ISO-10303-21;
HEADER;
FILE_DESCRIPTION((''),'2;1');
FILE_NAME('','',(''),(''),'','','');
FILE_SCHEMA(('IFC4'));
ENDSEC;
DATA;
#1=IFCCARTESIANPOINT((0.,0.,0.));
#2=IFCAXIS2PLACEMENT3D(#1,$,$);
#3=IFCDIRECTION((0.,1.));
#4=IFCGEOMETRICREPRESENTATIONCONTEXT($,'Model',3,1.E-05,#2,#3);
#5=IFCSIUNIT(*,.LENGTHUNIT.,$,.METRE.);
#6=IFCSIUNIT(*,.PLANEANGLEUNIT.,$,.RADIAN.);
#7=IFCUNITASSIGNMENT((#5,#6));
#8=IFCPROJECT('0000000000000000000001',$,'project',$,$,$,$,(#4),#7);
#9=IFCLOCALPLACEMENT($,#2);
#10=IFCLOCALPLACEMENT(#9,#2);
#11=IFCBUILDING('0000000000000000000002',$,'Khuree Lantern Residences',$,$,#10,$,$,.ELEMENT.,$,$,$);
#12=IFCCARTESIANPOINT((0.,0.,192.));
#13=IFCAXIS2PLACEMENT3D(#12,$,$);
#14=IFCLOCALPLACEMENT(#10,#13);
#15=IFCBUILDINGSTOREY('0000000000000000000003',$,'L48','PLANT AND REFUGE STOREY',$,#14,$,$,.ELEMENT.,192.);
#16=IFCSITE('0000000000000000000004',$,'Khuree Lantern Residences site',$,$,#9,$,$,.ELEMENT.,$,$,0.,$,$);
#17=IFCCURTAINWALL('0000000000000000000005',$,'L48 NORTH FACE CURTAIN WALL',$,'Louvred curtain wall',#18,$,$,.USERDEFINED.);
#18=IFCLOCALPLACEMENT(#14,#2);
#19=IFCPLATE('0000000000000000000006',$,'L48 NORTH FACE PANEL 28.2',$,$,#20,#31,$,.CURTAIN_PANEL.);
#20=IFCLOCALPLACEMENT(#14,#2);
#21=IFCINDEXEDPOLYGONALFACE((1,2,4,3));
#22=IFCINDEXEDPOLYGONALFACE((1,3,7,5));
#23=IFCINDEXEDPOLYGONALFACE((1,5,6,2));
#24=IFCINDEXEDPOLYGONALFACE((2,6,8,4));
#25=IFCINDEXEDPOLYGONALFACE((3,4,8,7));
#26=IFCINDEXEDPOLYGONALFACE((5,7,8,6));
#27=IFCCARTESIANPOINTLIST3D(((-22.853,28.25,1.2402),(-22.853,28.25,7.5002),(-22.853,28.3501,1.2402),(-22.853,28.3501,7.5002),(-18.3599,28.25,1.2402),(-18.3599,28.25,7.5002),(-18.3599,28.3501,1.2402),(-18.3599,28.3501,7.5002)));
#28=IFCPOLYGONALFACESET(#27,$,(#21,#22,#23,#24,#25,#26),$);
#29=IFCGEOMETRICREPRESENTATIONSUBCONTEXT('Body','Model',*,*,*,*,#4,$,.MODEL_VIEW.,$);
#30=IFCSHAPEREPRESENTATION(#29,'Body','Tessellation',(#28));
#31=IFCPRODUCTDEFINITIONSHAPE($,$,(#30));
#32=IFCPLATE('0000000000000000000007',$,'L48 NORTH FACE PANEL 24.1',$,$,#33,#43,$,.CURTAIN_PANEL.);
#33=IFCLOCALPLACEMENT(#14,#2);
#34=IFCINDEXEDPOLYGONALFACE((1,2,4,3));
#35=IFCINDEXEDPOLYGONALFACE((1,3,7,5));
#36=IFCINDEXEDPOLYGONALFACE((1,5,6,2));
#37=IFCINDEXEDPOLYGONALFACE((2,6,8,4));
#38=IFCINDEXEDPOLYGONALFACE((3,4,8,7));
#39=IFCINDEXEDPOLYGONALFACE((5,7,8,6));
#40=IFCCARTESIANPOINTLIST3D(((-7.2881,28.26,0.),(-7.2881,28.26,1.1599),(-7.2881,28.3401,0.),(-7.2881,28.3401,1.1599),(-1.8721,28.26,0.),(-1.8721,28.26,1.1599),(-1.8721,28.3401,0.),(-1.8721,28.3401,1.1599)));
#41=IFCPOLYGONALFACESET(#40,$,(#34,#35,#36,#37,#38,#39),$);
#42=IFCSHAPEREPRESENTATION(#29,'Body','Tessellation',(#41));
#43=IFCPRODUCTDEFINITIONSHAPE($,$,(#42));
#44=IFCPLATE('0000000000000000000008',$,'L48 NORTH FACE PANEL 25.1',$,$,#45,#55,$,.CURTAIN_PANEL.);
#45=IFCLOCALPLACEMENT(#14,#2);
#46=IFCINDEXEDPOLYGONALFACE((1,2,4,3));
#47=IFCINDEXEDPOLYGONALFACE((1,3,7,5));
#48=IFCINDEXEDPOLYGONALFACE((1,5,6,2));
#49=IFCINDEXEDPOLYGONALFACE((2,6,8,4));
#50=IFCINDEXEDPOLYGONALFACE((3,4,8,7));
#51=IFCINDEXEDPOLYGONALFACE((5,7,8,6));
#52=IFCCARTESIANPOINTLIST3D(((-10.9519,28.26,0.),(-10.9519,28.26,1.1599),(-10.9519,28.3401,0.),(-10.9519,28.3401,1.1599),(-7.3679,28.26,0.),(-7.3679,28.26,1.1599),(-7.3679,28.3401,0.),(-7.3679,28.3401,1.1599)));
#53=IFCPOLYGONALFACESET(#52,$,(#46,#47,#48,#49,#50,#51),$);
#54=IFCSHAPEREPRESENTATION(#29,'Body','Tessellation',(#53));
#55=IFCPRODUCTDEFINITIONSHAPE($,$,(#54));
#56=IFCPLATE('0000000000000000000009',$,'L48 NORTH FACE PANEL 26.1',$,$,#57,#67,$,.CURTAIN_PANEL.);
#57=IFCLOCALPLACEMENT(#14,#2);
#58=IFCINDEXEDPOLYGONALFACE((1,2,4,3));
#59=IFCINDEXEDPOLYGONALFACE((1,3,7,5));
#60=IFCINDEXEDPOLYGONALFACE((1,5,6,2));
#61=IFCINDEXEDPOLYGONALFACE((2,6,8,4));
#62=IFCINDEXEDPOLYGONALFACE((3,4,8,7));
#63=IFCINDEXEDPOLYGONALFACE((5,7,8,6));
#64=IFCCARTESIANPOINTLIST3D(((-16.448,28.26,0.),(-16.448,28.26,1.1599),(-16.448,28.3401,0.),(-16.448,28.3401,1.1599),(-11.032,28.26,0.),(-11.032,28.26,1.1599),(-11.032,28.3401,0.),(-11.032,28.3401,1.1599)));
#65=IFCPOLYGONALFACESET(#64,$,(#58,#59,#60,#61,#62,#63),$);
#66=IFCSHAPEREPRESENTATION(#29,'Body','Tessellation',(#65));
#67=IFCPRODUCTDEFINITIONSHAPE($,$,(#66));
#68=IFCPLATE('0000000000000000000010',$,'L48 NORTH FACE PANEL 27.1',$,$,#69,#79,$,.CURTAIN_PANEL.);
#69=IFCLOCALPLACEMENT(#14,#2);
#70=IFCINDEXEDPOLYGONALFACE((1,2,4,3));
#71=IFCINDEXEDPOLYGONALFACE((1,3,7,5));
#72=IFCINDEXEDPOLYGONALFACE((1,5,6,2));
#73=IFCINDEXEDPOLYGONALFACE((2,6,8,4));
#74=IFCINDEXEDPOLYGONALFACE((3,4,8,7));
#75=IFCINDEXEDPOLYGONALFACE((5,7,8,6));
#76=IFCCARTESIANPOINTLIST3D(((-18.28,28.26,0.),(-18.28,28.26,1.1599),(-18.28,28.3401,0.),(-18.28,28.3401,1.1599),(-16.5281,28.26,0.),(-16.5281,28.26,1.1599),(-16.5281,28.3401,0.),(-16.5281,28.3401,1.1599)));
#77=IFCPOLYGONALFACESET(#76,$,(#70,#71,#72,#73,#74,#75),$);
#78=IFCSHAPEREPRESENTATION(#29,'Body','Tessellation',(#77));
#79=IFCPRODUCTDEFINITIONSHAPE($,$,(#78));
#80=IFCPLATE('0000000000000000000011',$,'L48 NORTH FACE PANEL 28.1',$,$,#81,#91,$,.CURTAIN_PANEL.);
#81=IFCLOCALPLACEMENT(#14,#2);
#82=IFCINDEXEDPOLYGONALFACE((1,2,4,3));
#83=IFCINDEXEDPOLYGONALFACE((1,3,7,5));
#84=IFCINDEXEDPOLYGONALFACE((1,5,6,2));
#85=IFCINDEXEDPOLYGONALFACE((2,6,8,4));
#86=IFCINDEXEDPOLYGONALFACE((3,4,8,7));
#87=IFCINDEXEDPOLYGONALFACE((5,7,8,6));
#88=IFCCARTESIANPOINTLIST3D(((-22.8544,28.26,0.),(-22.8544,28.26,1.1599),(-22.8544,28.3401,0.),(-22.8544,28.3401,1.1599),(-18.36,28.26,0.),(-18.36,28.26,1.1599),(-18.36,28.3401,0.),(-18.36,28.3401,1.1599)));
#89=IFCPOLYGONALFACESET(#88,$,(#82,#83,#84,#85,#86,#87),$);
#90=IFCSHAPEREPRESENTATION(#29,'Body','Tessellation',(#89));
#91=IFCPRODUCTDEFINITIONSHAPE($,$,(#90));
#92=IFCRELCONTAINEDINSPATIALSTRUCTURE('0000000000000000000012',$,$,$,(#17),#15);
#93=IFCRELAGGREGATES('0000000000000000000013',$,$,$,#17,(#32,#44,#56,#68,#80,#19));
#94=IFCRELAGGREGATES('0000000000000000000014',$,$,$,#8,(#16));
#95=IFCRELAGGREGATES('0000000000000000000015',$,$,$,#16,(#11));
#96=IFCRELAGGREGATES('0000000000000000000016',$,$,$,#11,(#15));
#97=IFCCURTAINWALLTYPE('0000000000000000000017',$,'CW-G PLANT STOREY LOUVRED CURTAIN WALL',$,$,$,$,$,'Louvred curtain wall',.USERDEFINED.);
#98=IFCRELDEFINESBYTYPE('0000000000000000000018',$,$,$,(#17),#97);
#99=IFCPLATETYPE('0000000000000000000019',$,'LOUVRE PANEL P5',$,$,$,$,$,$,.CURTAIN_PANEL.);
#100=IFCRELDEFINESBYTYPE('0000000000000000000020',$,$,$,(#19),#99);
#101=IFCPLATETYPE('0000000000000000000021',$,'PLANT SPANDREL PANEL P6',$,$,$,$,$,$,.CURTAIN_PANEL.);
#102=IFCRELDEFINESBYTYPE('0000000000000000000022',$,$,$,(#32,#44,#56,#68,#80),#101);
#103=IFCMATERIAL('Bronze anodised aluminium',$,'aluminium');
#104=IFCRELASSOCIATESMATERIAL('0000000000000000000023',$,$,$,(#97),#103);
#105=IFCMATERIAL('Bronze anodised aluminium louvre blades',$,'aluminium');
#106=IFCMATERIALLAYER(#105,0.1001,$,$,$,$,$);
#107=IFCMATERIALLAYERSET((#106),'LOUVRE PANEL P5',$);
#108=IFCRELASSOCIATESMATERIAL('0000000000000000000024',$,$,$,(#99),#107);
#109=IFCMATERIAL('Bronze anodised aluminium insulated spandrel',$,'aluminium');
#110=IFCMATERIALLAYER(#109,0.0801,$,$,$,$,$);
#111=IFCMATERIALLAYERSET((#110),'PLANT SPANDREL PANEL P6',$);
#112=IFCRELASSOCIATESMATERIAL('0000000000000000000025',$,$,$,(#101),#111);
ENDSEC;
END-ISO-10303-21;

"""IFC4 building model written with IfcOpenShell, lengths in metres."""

from ifc_helpers import new_model, si_unit, direction, frame, origin, origin_2d, place, context, subcontext, project, spatial, rectangle, extrude, material, layer, layer_set, type_object, element, aggregate, save


model = new_model("IFC4")

# Units and contexts
model_context = context("Model", 3, precision=1e-05, world=origin(), true_north=direction((0.0, 1.0)))
body_context = subcontext(model_context, "Body", "Model", "MODEL_VIEW")
ifc_project = project(units=[si_unit("LENGTHUNIT", "METRE"), si_unit("PLANEANGLEUNIT", "RADIAN")], contexts=[model_context])

# Site, building, storey
site_placement = place(None, origin())
site = spatial("IfcSite", under=ifc_project, at=site_placement, Name="Khuree Lantern Residences site", CompositionType="ELEMENT", RefElevation=0.0)
building_placement = place(site_placement, origin())
building = spatial("IfcBuilding", under=site, at=building_placement, Name="Khuree Lantern Residences", CompositionType="ELEMENT")
storey_placement = place(building_placement, frame((0.0, 0.0, 192.0)))
storey = spatial("IfcBuildingStorey", under=building, at=storey_placement, Name="L48", Description="PLANT AND REFUGE STOREY", CompositionType="ELEMENT", Elevation=192.0)

# Curtain wall
ifc_material_1 = material(Name="Bronze anodised aluminium", Category="aluminium")
curtain_wall_type = type_object("IfcCurtainWallType", Name="CW-G PLANT STOREY LOUVRED CURTAIN WALL", ElementType="Louvred curtain wall", PredefinedType="USERDEFINED", material=ifc_material_1)
curtain_wall_placement = place(storey_placement, origin())
curtain_wall = element("IfcCurtainWall", 1, at=curtain_wall_placement, inside=storey, type_object=curtain_wall_type, Name="L48 NORTH FACE CURTAIN WALL", ObjectType="Louvred curtain wall", PredefinedType="USERDEFINED")

# Plates
ifc_material_2 = material(Name="Bronze anodised aluminium louvre blades", Category="aluminium")
ifc_layer_1 = layer(ifc_material_2, 0.1001)
ifc_layer_set_1 = layer_set([ifc_layer_1], Name="LOUVRE PANEL P5")
plate_type_1 = type_object("IfcPlateType", Name="LOUVRE PANEL P5", PredefinedType="CURTAIN_PANEL", material=ifc_layer_set_1)
plate_1_placement = place(storey_placement, frame((-20.6064, 28.3, 1.2402), z_axis=(0.0, 0.0, 1.0), x_axis=(-1.0, 0.0, 0.0)))
plate_1 = element("IfcPlate", 2, at=plate_1_placement, type_object=plate_type_1, Name="L48 NORTH FACE PANEL 28.2", PredefinedType="CURTAIN_PANEL", context=body_context, shape_type="SweptSolid", body=[
    extrude(rectangle(XDim=4.4932, YDim=0.1001, at=origin_2d()), origin(), (0.0, 0.0, 1.0), 6.26),
])
ifc_material_3 = material(Name="Bronze anodised aluminium insulated spandrel", Category="aluminium")
ifc_layer_2 = layer(ifc_material_3, 0.0801)
ifc_layer_set_2 = layer_set([ifc_layer_2], Name="PLANT SPANDREL PANEL P6")
plate_type_2 = type_object("IfcPlateType", Name="PLANT SPANDREL PANEL P6", PredefinedType="CURTAIN_PANEL", material=ifc_layer_set_2)
plate_2_placement = place(storey_placement, frame((-4.5801, 28.3, 0.0), z_axis=(0.0, 0.0, 1.0), x_axis=(-1.0, 0.0, 0.0)))
plate_2 = element("IfcPlate", 3, at=plate_2_placement, type_object=plate_type_2, Name="L48 NORTH FACE PANEL 24.1", PredefinedType="CURTAIN_PANEL", context=body_context, shape_type="SweptSolid", body=[
    extrude(rectangle(XDim=5.416, YDim=0.0801, at=origin_2d()), origin(), (0.0, 0.0, 1.0), 1.1599),
])
plate_3_placement = place(storey_placement, frame((-9.1599, 28.3, 0.0), z_axis=(0.0, 0.0, 1.0), x_axis=(-1.0, 0.0, 0.0)))
plate_3 = element("IfcPlate", 4, at=plate_3_placement, type_object=plate_type_2, Name="L48 NORTH FACE PANEL 25.1", PredefinedType="CURTAIN_PANEL", context=body_context, shape_type="SweptSolid", body=[
    extrude(rectangle(XDim=3.584, YDim=0.0801, at=origin_2d()), origin(), (0.0, 0.0, 1.0), 1.1599),
])
plate_4_placement = place(storey_placement, frame((-13.74, 28.3, 0.0), z_axis=(0.0, 0.0, 1.0), x_axis=(-1.0, 0.0, 0.0)))
plate_4 = element("IfcPlate", 5, at=plate_4_placement, type_object=plate_type_2, Name="L48 NORTH FACE PANEL 26.1", PredefinedType="CURTAIN_PANEL", context=body_context, shape_type="SweptSolid", body=[
    extrude(rectangle(XDim=5.416, YDim=0.0801, at=origin_2d()), origin(), (0.0, 0.0, 1.0), 1.1599),
])
plate_5_placement = place(storey_placement, frame((-17.4041, 28.3, 0.0), z_axis=(0.0, 0.0, 1.0), x_axis=(-1.0, 0.0, 0.0)))
plate_5 = element("IfcPlate", 6, at=plate_5_placement, type_object=plate_type_2, Name="L48 NORTH FACE PANEL 27.1", PredefinedType="CURTAIN_PANEL", context=body_context, shape_type="SweptSolid", body=[
    extrude(rectangle(XDim=1.752, YDim=0.0801, at=origin_2d()), origin(), (0.0, 0.0, 1.0), 1.1599),
])
plate_6_placement = place(storey_placement, frame((-20.6072, 28.3, 0.0), z_axis=(0.0, 0.0, 1.0), x_axis=(-1.0, 0.0, 0.0)))
plate_6 = element("IfcPlate", 7, at=plate_6_placement, type_object=plate_type_2, Name="L48 NORTH FACE PANEL 28.1", PredefinedType="CURTAIN_PANEL", context=body_context, shape_type="SweptSolid", body=[
    extrude(rectangle(XDim=4.4944, YDim=0.0801, at=origin_2d()), origin(), (0.0, 0.0, 1.0), 1.1599),
])
aggregate(curtain_wall, [plate_2, plate_3, plate_4, plate_5, plate_6, plate_1])

save(model, "model.ifc")
